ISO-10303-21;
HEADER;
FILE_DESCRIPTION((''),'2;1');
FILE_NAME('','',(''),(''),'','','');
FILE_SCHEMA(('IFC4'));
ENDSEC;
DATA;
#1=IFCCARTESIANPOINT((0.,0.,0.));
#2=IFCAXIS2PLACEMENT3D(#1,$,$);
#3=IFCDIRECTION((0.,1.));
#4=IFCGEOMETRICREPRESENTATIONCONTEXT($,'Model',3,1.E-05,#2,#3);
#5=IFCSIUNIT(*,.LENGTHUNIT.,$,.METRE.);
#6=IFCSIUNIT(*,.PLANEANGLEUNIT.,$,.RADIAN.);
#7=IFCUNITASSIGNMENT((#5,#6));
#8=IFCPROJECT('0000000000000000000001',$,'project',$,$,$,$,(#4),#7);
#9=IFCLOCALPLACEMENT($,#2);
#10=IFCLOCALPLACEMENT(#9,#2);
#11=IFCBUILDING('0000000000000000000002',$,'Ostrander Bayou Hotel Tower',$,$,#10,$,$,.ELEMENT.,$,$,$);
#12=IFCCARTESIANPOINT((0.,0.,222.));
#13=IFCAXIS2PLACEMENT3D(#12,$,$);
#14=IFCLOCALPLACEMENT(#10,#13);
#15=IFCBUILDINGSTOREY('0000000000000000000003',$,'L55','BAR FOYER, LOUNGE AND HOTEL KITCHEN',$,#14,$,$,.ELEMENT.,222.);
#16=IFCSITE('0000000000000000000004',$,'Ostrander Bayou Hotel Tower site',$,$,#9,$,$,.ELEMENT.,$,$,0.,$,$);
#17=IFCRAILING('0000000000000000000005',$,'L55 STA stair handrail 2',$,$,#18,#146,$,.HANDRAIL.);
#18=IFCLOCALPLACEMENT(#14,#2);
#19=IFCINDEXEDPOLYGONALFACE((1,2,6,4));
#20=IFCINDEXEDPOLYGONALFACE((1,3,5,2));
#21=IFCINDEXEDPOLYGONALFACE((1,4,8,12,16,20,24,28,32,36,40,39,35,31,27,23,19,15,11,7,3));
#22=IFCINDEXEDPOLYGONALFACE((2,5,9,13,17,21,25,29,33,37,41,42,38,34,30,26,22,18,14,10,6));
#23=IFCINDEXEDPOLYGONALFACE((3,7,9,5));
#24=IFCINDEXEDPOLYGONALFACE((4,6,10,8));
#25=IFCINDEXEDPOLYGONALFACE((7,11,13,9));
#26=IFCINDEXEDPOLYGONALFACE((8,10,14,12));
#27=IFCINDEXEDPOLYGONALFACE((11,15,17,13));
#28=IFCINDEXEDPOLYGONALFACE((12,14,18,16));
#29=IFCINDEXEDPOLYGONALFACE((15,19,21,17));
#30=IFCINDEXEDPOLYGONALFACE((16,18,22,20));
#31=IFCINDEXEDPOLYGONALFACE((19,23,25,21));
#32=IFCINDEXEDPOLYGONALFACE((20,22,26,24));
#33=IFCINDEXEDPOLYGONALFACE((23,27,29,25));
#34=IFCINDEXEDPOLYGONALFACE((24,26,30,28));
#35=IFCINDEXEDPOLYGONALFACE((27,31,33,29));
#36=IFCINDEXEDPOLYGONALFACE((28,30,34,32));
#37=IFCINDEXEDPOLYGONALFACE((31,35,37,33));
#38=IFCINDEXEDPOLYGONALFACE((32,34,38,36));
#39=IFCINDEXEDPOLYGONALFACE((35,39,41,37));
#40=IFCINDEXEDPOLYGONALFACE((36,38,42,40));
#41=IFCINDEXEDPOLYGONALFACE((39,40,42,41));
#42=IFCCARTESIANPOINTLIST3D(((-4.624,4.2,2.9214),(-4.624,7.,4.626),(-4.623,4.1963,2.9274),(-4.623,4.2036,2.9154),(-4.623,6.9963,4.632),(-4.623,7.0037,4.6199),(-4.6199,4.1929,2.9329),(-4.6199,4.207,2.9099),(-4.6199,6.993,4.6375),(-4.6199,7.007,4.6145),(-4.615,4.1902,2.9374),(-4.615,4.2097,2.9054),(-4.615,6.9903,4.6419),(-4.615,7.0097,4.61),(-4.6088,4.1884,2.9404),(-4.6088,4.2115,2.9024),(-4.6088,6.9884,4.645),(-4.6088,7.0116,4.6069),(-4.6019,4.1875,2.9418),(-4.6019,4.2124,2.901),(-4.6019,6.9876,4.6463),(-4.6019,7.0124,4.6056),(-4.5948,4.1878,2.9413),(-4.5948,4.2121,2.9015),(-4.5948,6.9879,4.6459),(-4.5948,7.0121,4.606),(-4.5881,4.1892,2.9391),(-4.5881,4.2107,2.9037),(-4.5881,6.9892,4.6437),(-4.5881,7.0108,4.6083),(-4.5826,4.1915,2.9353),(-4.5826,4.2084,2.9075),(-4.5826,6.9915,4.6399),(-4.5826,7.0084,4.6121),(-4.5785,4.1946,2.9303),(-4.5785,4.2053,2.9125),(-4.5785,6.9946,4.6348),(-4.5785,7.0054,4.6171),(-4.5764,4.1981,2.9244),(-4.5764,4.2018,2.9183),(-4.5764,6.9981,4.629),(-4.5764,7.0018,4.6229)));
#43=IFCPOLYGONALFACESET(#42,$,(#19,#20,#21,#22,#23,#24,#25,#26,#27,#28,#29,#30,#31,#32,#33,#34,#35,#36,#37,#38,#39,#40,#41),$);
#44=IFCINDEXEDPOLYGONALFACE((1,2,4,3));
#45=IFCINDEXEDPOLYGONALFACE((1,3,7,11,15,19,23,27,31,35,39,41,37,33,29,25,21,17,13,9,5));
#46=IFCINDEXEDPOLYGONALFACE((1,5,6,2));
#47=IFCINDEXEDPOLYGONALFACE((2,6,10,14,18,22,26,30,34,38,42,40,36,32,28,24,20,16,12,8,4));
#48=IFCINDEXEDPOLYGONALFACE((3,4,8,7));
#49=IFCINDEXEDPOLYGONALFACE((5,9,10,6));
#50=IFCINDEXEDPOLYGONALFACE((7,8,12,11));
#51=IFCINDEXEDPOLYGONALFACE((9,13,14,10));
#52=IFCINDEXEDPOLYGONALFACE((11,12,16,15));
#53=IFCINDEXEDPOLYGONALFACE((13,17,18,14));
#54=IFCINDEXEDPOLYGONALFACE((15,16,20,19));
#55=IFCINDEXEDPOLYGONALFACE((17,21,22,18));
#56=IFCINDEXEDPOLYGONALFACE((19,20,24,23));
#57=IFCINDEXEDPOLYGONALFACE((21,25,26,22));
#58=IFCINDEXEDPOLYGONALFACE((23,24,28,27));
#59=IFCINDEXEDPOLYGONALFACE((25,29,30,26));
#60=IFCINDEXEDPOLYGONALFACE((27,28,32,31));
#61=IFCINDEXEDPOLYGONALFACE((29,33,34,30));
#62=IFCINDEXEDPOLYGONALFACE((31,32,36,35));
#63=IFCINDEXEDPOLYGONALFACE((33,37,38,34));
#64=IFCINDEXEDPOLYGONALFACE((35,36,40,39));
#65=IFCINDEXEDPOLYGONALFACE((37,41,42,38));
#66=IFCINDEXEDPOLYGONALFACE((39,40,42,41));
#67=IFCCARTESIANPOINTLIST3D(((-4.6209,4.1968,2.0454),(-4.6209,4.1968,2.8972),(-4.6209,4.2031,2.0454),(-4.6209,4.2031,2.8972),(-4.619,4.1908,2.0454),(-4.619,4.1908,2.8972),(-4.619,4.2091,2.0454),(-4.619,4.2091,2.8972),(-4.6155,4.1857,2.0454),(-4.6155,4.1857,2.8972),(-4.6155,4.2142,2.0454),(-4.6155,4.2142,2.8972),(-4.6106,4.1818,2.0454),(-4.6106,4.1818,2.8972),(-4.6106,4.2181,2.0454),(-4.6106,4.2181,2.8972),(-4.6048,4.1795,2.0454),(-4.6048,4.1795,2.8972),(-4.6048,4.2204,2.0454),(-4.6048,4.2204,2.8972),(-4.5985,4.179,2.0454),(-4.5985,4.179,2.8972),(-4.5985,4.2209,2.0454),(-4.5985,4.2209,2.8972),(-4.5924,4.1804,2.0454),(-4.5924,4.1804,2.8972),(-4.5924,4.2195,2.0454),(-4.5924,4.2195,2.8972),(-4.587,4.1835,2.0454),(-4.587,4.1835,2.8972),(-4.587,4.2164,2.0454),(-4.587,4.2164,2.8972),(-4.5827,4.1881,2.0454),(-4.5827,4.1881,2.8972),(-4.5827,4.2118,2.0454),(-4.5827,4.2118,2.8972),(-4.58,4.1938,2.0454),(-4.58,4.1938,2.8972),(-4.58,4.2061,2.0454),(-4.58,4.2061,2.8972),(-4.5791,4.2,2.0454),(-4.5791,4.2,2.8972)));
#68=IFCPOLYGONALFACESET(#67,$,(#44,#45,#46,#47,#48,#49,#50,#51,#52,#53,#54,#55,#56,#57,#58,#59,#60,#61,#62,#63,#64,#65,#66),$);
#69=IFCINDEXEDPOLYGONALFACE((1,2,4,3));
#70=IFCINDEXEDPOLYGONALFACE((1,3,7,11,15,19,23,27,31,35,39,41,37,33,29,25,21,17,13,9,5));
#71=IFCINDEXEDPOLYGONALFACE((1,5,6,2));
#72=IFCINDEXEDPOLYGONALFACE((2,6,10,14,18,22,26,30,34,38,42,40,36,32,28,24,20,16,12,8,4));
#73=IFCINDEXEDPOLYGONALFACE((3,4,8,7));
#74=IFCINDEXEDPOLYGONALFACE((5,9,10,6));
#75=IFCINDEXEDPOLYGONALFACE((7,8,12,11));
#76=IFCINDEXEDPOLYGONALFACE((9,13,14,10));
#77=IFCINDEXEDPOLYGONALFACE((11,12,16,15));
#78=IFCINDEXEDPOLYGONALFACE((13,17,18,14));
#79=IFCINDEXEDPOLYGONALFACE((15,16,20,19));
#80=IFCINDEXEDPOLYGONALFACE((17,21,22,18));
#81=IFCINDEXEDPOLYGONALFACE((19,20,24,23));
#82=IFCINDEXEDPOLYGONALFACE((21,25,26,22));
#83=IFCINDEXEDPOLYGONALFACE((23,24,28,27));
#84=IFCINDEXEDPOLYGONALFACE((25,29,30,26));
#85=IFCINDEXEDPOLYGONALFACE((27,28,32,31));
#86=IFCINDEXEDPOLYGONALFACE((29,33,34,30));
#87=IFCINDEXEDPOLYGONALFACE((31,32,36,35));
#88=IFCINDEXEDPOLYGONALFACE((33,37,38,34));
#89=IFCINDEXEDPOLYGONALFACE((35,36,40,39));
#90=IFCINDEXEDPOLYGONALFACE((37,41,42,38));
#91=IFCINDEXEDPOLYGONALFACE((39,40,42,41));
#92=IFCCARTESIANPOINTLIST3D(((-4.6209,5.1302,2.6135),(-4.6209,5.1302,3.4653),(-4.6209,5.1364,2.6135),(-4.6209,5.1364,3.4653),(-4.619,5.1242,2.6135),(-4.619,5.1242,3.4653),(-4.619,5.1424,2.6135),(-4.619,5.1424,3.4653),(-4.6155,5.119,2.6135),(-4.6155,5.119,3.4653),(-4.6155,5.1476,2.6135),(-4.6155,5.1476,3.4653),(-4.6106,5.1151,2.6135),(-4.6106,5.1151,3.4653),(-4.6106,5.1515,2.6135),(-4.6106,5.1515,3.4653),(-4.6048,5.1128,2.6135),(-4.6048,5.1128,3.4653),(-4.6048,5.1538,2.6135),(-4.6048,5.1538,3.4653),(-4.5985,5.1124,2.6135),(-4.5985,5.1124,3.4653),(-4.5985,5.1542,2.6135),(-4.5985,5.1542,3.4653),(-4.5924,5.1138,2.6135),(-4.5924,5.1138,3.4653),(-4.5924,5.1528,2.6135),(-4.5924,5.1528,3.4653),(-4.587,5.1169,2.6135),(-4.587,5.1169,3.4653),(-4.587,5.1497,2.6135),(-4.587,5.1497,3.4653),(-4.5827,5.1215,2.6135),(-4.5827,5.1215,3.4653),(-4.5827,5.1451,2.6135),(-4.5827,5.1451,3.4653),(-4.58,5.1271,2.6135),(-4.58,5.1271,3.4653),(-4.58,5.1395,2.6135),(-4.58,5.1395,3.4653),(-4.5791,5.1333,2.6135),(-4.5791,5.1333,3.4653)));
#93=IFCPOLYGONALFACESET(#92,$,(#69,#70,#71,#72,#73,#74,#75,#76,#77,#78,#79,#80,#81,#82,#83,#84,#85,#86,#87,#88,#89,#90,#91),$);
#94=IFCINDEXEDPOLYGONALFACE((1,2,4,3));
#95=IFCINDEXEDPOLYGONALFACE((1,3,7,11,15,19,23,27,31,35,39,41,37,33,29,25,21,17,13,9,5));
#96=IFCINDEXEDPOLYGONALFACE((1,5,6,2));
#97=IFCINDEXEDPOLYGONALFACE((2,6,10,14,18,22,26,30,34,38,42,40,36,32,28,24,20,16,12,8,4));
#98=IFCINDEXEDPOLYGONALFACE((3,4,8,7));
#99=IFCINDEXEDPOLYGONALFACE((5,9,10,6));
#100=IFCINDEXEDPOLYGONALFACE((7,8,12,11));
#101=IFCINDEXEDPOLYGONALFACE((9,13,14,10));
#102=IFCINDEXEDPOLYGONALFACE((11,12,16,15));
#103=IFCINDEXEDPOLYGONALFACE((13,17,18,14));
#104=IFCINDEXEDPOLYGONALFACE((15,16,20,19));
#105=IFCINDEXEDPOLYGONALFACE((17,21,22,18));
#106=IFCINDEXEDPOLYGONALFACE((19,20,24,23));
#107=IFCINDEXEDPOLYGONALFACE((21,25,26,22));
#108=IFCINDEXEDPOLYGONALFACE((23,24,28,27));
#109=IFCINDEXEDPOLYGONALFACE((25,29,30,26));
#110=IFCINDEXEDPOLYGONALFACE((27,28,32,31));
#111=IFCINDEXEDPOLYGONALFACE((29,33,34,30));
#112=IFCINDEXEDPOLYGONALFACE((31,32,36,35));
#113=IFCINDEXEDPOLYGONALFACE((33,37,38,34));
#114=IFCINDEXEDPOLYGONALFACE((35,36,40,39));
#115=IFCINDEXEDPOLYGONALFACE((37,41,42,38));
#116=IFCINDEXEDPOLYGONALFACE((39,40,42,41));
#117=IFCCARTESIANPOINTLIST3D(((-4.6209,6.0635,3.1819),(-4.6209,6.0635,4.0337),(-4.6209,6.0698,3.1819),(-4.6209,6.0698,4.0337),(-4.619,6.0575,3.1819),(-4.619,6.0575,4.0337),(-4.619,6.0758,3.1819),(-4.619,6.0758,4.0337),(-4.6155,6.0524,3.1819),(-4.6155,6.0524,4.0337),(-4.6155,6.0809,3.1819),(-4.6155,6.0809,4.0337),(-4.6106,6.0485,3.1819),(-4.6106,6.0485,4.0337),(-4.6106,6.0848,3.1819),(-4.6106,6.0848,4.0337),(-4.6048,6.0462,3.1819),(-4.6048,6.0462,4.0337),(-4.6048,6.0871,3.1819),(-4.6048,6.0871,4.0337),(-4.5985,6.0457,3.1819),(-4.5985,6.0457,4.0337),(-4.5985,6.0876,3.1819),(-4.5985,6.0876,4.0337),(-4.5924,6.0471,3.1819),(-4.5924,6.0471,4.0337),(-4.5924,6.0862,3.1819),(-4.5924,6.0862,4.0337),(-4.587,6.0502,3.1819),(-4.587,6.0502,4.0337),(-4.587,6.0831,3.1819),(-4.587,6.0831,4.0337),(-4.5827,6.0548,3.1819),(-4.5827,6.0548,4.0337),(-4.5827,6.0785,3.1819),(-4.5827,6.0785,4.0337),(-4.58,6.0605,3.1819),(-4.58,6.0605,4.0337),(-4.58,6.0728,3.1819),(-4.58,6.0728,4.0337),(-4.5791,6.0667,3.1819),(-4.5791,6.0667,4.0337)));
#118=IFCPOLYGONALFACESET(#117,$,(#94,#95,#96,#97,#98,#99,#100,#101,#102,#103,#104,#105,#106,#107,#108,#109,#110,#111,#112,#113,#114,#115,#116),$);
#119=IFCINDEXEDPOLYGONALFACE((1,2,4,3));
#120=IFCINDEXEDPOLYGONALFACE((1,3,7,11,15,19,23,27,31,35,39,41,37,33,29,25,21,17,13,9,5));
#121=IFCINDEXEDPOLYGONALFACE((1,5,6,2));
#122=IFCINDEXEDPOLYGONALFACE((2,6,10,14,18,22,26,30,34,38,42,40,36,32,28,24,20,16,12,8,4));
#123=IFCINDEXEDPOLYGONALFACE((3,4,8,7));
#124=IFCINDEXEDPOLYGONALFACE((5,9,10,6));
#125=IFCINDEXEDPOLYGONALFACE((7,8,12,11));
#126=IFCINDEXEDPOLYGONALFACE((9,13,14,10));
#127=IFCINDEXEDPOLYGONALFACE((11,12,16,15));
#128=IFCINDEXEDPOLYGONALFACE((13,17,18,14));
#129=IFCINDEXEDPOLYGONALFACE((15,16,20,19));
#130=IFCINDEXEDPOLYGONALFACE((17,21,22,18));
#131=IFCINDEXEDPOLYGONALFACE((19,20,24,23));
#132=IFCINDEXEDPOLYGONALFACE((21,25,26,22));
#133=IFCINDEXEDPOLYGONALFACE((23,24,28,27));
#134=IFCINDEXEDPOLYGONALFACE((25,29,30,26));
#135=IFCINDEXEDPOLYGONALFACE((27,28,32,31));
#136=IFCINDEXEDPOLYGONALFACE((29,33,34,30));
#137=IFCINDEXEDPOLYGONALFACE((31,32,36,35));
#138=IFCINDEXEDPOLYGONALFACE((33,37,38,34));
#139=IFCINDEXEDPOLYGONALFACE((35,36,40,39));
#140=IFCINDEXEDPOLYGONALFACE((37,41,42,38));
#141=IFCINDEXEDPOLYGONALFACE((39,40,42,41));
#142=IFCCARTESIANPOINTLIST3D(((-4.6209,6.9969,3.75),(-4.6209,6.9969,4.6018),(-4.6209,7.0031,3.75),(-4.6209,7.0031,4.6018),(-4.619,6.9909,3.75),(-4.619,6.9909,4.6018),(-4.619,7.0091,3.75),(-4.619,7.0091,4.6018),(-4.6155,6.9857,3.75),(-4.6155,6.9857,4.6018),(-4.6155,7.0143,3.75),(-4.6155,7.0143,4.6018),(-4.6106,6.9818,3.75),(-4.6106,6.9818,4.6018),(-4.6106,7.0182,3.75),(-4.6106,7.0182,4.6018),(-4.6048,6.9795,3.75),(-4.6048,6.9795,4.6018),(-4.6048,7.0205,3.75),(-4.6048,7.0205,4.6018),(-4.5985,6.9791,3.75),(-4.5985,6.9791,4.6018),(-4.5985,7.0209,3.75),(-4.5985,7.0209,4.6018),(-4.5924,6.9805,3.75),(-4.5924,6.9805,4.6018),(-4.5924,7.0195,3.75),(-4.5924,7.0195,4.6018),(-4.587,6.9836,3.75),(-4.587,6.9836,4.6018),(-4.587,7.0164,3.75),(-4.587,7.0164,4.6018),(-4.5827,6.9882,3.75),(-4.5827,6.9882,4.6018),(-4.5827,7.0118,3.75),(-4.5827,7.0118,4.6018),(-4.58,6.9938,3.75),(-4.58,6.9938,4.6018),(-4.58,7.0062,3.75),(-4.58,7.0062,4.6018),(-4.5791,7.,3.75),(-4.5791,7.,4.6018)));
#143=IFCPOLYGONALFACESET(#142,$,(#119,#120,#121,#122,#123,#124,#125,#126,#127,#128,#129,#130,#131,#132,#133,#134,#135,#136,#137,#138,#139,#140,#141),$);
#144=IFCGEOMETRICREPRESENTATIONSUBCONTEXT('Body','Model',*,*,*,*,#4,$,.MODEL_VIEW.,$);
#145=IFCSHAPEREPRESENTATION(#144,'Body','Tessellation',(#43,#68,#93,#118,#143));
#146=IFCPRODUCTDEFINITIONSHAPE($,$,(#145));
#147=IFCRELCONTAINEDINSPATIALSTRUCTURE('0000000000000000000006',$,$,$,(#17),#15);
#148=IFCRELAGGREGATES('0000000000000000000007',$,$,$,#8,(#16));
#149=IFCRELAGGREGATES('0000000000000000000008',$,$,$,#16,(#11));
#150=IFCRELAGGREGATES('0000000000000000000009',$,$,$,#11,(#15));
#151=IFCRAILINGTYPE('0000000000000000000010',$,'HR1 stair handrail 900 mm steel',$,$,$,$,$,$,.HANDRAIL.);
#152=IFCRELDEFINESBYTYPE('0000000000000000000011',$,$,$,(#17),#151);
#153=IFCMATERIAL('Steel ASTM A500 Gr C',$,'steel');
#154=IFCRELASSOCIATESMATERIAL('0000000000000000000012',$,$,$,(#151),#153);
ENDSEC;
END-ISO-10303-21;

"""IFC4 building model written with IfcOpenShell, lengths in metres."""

from ifc_helpers import new_model, si_unit, direction, frame, origin, origin_2d, place, context, subcontext, project, spatial, circle, extrude, material, type_object, element, save


model = new_model("IFC4")

# Units and contexts
model_context = context("Model", 3, precision=1e-05, world=origin(), true_north=direction((0.0, 1.0)))
body_context = subcontext(model_context, "Body", "Model", "MODEL_VIEW")
ifc_project = project(units=[si_unit("LENGTHUNIT", "METRE"), si_unit("PLANEANGLEUNIT", "RADIAN")], contexts=[model_context])

# Site, building, storey
site_placement = place(None, origin())
site = spatial("IfcSite", under=ifc_project, at=site_placement, Name="Ostrander Bayou Hotel Tower site", CompositionType="ELEMENT", RefElevation=0.0)
building_placement = place(site_placement, origin())
building = spatial("IfcBuilding", under=site, at=building_placement, Name="Ostrander Bayou Hotel Tower", CompositionType="ELEMENT")
storey_placement = place(building_placement, frame((0.0, 0.0, 222.0)))
storey = spatial("IfcBuildingStorey", under=building, at=storey_placement, Name="L55", Description="BAR FOYER, LOUNGE AND HOTEL KITCHEN", CompositionType="ELEMENT", Elevation=222.0)

# Railing
ifc_material_1 = material(Name="Steel ASTM A500 Gr C", Category="steel")
railing_type_1 = type_object("IfcRailingType", Name="HR1 stair handrail 900 mm steel", PredefinedType="HANDRAIL", material=ifc_material_1)
railing_1_placement = place(storey_placement, frame((-4.6001, 4.2, 2.0454)))
element("IfcRailing", 1, at=railing_1_placement, inside=storey, type_object=railing_type_1, Name="L55 STA stair handrail 2", PredefinedType="HANDRAIL", context=body_context, shape_type="SweptSolid", body=[
    extrude(circle(Radius=0.0239, at=origin_2d()), frame((0.0, 0.0, 0.876), z_axis=(0.0, 0.85417, 0.519994), x_axis=(-1.0, 0.0, 0.0)), (0.0, 0.0, 1.0), 3.2781),
    extrude(circle(Radius=0.021, at=origin_2d()), origin(), (0.0, 0.0, 1.0), 0.8518),
    extrude(circle(Radius=0.021, at=origin_2d()), frame((0.0, 0.9333, 0.5681)), (0.0, 0.0, 1.0), 0.8518),
    extrude(circle(Radius=0.021, at=origin_2d()), frame((0.0, 1.8667, 1.1365)), (0.0, 0.0, 1.0), 0.8518),
    extrude(circle(Radius=0.021, at=origin_2d()), frame((0.0, 2.8, 1.7046)), (0.0, 0.0, 1.0), 0.8518),
])

save(model, "model.ifc")
